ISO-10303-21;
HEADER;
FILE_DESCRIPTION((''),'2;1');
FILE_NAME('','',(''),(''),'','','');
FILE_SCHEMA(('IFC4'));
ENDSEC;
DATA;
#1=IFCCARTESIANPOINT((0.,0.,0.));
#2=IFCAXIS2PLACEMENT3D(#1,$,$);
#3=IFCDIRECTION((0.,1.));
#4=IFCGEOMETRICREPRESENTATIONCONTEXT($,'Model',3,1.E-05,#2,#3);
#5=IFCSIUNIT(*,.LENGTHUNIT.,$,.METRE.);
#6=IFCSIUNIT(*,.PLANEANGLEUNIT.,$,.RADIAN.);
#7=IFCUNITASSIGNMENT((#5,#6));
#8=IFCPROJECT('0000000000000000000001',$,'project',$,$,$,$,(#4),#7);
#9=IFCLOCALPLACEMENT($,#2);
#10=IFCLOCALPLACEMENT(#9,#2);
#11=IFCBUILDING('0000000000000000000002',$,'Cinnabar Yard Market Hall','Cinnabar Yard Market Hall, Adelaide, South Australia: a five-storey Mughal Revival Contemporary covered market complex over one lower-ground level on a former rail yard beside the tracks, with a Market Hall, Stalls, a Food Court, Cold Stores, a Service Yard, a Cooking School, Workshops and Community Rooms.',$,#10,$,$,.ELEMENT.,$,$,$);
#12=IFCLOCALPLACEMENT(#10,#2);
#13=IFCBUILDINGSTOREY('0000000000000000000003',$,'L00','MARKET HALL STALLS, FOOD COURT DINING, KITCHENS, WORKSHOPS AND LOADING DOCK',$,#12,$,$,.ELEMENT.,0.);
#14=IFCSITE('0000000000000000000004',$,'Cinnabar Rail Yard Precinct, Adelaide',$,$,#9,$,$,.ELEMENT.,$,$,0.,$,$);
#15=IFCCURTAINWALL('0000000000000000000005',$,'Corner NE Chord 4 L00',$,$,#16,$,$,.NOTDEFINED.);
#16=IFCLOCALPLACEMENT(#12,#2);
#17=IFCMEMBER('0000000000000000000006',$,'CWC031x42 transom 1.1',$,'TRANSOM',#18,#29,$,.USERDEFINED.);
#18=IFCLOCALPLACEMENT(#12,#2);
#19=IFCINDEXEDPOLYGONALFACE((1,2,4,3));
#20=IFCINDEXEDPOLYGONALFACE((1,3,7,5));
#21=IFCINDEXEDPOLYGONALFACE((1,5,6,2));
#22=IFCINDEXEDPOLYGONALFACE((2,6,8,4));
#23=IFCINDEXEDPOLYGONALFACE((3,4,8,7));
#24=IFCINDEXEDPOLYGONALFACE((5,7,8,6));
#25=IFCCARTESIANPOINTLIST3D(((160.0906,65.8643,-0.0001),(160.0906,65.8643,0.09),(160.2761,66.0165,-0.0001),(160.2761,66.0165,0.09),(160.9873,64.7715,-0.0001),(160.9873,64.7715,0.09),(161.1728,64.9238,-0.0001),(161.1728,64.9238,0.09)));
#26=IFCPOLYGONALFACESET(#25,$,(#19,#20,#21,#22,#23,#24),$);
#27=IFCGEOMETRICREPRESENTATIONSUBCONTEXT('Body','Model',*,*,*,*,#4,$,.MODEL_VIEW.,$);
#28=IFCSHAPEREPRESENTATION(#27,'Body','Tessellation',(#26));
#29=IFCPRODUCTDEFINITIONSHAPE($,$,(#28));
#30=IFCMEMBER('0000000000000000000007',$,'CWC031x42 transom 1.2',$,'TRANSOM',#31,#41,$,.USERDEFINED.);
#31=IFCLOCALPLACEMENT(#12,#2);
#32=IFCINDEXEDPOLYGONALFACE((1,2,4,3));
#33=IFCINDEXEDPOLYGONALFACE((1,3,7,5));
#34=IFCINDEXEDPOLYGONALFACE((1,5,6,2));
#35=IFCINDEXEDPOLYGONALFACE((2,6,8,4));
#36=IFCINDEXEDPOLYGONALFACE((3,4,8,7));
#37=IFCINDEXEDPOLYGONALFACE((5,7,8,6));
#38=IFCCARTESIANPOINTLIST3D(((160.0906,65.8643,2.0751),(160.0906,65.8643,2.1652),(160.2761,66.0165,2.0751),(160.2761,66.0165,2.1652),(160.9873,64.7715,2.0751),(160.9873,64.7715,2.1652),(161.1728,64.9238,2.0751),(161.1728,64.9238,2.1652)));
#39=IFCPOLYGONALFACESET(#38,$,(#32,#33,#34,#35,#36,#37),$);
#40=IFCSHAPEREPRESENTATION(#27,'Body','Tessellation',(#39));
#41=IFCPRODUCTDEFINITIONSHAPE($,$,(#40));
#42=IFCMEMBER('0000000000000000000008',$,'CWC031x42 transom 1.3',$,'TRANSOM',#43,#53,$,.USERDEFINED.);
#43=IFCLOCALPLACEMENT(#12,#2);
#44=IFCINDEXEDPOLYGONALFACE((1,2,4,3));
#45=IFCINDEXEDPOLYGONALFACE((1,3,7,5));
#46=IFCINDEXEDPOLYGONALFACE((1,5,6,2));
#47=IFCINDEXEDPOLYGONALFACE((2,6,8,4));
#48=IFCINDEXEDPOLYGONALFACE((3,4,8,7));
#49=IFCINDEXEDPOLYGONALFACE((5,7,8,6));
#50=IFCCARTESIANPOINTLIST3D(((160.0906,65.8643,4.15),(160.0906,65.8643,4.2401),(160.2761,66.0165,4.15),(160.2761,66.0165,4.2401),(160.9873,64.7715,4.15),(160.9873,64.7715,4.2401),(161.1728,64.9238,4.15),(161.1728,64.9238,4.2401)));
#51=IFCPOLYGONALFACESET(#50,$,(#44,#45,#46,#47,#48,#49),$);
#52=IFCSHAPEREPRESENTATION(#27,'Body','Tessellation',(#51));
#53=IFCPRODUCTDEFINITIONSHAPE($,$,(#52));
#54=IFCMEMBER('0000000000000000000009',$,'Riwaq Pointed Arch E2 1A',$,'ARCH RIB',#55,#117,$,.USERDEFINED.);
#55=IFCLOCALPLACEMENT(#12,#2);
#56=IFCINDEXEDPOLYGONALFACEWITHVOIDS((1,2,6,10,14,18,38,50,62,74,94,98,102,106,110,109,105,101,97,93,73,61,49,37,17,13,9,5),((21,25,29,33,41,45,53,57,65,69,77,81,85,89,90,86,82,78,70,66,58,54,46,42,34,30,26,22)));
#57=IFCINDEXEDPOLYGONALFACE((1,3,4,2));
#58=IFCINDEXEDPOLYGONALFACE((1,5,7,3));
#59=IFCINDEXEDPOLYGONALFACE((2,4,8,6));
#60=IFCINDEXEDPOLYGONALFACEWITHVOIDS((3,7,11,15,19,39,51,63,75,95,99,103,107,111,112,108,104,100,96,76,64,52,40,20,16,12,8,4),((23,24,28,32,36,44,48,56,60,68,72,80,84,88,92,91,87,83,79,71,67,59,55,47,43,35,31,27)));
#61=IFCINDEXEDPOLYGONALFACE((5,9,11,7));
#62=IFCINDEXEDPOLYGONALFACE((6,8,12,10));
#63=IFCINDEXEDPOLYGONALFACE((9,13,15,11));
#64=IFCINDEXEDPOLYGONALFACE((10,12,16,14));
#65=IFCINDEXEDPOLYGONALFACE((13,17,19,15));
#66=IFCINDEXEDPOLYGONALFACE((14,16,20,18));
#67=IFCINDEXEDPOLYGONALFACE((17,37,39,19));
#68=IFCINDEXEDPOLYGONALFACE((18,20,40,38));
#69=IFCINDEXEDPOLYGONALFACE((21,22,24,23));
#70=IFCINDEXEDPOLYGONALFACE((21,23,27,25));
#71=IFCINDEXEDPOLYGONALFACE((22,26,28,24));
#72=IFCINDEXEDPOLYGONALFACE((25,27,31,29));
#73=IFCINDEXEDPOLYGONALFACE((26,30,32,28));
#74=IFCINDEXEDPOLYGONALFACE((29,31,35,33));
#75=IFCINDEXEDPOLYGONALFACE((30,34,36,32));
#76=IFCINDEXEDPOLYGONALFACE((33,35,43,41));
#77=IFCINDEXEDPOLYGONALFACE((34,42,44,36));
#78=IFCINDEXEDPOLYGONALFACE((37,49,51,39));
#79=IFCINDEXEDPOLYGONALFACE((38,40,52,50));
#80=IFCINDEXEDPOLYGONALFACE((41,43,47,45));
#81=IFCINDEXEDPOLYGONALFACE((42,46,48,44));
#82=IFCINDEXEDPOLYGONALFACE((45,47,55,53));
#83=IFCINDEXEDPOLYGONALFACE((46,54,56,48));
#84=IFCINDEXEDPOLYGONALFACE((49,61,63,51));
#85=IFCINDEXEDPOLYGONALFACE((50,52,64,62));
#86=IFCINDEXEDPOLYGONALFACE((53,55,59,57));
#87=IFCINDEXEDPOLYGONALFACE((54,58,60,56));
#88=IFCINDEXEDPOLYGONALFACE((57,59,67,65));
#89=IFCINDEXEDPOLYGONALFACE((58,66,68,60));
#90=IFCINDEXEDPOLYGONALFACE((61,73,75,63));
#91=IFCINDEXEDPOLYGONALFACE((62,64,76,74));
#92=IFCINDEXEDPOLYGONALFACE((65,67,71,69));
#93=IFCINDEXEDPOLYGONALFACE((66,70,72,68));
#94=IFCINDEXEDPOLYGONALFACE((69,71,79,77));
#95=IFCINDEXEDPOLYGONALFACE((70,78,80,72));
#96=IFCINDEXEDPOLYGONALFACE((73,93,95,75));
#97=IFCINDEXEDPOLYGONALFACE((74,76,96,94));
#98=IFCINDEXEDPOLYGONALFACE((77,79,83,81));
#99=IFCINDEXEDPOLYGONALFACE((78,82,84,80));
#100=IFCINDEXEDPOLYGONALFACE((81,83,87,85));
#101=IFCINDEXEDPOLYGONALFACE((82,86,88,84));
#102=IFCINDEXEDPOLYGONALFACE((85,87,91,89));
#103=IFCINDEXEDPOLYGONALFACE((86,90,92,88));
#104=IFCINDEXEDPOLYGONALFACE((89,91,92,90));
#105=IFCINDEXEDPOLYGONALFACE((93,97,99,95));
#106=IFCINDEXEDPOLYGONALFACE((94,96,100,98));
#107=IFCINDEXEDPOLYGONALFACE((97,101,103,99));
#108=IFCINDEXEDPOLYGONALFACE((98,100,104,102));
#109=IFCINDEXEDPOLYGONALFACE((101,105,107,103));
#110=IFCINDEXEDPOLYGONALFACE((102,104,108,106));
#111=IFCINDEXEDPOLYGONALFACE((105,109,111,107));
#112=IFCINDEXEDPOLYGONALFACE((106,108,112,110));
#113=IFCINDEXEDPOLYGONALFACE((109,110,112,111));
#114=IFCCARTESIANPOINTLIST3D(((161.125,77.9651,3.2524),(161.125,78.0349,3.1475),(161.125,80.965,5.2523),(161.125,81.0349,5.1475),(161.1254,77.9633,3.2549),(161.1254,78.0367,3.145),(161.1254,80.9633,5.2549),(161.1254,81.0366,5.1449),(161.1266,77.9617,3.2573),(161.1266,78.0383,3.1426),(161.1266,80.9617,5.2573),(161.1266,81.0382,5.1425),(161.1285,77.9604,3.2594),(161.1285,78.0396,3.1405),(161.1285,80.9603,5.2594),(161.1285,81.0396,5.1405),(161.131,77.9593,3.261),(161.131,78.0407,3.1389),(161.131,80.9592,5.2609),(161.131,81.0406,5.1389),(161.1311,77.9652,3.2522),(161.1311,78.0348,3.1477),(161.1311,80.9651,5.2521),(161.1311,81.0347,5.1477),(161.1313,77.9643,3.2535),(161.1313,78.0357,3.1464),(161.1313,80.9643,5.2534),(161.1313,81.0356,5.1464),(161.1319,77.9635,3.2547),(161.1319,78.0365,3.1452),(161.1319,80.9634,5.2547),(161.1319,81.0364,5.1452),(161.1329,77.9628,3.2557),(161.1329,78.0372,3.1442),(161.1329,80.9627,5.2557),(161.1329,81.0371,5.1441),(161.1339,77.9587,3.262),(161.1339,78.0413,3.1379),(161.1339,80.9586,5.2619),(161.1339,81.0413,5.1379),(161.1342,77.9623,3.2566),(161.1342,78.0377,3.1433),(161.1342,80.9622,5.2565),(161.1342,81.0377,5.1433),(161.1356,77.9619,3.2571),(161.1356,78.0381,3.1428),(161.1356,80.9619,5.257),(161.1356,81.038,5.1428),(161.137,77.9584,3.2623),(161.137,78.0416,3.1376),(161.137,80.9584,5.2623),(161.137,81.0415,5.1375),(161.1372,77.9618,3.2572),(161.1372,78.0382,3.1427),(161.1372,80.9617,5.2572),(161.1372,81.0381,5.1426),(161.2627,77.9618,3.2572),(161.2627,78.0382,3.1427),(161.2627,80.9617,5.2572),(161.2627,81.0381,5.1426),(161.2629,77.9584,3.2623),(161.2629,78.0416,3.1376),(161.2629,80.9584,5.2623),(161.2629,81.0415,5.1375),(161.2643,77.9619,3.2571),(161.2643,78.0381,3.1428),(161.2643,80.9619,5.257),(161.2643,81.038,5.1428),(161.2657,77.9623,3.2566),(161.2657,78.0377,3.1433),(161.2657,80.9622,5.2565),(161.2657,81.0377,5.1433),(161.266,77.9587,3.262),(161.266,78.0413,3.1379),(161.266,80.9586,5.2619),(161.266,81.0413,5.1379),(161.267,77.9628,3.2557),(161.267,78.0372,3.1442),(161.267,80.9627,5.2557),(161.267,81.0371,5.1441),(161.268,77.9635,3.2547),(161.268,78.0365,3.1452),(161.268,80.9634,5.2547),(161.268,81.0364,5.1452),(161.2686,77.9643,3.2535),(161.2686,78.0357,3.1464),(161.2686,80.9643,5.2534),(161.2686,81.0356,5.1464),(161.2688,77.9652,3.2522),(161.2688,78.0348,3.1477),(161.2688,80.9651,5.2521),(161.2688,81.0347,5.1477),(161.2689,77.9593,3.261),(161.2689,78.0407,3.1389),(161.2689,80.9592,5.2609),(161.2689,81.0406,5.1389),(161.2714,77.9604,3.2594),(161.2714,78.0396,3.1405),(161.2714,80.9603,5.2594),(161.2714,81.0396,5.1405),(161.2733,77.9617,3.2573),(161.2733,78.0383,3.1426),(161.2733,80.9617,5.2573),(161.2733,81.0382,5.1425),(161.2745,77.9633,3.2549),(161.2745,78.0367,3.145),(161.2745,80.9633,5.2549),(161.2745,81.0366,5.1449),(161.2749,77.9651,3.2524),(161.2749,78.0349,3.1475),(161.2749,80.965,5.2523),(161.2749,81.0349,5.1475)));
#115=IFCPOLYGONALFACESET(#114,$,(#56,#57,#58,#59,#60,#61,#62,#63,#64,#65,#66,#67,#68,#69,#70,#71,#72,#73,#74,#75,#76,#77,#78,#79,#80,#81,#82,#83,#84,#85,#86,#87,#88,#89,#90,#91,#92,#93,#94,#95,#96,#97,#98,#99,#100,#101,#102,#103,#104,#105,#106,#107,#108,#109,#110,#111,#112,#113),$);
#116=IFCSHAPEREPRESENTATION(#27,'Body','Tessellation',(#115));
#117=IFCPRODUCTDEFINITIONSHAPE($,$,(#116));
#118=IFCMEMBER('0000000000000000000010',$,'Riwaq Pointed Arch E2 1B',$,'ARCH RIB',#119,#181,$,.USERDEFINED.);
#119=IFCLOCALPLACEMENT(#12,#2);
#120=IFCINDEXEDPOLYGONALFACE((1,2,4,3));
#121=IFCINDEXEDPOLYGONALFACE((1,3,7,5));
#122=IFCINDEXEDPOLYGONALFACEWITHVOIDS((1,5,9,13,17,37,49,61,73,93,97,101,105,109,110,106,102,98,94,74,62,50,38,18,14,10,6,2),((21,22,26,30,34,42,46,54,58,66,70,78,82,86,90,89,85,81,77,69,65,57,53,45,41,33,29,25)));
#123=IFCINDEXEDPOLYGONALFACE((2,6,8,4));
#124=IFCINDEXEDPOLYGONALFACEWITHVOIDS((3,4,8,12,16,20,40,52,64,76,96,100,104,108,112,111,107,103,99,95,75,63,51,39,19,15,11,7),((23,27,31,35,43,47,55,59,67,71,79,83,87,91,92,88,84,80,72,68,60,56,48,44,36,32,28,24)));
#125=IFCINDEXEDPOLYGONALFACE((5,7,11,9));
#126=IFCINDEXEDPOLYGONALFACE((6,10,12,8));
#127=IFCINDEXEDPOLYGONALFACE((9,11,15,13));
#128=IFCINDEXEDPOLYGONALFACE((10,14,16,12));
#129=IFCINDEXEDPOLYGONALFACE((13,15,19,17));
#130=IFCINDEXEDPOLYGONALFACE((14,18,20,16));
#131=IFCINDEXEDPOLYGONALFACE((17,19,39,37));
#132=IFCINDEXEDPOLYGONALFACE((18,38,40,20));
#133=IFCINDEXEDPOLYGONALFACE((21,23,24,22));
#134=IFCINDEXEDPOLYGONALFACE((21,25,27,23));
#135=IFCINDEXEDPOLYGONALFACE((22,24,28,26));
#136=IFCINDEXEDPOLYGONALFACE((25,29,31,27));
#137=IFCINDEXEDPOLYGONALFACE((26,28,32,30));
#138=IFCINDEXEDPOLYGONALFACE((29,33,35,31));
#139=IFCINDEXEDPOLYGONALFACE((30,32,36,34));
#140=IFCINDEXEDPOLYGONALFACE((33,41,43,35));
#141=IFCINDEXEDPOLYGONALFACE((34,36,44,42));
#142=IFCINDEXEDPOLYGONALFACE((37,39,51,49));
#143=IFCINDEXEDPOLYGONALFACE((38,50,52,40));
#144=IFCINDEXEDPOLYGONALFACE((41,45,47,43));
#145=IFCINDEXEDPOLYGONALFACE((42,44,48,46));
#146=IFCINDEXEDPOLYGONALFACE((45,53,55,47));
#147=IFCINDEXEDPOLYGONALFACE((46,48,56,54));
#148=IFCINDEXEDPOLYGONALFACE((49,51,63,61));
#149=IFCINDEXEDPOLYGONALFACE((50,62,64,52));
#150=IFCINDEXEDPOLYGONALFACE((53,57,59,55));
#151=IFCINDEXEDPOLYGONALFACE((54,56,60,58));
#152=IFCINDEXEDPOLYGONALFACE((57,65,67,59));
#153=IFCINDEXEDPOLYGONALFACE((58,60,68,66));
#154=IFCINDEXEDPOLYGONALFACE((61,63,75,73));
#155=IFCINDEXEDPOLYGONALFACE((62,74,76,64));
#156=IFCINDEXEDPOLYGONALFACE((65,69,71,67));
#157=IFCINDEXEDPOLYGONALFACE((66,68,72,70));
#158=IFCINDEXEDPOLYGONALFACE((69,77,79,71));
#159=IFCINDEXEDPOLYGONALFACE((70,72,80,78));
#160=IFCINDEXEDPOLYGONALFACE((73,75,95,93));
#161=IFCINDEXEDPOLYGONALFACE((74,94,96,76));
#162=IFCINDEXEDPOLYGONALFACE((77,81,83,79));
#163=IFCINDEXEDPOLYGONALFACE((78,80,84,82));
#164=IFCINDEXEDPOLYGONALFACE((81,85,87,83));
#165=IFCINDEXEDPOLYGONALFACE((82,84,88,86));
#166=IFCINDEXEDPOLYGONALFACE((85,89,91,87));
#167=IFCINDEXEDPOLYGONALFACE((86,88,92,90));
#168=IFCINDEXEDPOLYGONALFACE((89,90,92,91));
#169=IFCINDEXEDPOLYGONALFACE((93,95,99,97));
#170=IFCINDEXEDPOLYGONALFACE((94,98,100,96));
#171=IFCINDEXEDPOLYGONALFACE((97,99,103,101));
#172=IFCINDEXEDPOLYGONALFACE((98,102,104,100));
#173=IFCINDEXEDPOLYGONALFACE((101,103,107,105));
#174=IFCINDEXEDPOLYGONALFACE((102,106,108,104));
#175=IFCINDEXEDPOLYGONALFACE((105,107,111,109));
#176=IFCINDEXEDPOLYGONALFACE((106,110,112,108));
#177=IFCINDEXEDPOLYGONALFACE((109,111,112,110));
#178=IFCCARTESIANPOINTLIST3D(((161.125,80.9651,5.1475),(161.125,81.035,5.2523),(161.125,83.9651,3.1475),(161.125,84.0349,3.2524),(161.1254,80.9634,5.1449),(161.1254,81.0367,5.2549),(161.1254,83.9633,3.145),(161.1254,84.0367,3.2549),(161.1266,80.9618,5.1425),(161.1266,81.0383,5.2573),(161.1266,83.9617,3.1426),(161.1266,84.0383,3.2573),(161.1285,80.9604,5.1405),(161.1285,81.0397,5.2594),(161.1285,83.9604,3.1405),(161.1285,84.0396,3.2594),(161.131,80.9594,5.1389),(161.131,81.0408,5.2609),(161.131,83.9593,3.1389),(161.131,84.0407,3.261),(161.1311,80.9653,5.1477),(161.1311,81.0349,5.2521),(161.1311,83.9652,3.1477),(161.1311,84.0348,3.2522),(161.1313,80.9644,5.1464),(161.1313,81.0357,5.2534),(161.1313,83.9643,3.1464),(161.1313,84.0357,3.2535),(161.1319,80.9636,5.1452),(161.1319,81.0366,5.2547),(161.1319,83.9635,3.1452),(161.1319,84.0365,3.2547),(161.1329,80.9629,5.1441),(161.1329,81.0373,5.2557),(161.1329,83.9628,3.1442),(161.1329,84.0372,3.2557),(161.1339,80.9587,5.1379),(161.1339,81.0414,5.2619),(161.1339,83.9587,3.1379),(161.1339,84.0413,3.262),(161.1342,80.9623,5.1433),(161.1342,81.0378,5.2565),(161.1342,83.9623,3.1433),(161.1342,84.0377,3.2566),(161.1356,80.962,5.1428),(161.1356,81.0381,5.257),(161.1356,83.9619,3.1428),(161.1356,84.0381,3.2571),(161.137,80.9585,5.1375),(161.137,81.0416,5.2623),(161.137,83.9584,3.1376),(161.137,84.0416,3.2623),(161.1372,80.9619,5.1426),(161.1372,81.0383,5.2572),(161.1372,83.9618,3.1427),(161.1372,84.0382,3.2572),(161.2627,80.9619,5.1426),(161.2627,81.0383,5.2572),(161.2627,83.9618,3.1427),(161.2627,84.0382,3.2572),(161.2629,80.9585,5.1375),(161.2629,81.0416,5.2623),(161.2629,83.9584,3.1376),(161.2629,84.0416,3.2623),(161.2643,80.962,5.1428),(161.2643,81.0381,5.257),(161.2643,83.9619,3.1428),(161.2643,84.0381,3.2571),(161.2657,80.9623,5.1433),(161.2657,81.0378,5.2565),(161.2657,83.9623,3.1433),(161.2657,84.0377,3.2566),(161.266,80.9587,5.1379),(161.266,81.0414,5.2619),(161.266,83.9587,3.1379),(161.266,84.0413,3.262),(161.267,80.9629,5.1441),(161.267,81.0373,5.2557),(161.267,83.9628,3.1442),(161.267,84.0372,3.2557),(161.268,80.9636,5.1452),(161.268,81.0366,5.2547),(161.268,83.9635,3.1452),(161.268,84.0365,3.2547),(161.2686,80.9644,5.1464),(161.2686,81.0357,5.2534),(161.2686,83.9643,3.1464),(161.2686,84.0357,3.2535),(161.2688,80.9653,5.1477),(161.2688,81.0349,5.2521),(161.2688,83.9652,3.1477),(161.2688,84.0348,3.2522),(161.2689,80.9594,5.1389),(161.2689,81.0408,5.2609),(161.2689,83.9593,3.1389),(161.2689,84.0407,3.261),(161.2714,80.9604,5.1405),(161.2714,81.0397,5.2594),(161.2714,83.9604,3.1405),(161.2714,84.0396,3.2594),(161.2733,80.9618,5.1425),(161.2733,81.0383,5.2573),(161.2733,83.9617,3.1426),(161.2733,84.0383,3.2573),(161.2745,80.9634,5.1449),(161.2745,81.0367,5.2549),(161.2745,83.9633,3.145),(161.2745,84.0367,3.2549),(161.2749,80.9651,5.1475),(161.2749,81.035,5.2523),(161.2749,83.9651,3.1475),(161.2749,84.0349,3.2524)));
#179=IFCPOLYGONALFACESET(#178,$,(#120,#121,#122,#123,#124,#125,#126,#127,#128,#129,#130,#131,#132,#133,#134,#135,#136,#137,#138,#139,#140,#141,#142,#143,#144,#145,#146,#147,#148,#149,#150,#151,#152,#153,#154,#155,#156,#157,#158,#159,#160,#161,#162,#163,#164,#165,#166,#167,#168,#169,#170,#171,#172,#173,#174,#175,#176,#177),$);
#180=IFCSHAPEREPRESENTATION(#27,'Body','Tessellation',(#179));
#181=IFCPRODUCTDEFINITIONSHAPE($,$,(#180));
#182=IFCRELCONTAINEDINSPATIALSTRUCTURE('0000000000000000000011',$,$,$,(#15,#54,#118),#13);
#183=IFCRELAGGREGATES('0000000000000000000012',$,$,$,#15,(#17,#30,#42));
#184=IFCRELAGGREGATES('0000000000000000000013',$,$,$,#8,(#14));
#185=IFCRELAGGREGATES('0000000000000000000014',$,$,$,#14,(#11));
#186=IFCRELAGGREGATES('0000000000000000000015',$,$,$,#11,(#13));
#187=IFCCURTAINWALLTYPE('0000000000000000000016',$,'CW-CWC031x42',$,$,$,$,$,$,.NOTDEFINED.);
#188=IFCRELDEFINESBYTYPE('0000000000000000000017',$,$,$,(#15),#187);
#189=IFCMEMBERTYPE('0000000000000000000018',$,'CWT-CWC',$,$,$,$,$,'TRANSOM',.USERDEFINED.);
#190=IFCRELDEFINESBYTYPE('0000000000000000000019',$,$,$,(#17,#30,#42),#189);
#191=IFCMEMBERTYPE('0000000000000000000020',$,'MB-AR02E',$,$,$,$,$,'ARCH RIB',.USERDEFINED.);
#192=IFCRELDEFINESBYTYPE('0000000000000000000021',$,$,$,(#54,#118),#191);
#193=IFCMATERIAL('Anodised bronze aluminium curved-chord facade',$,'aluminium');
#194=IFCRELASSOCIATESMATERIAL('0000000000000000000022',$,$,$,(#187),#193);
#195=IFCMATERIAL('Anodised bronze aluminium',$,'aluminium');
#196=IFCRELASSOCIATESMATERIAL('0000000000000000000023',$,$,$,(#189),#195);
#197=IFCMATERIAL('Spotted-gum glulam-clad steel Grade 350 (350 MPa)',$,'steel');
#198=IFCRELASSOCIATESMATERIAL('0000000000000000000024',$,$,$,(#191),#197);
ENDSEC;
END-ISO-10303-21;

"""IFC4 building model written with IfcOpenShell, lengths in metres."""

from ifc_helpers import new_model, si_unit, direction, frame, origin, origin_2d_with_axis, place, context, subcontext, project, spatial, rectangle, hollow_rectangle, extrude, material, material_profile, profile_set, type_object, element, aggregate, save


model = new_model("IFC4")

# Units and contexts
model_context = context("Model", 3, precision=1e-05, world=origin(), true_north=direction((0.0, 1.0)))
body_context = subcontext(model_context, "Body", "Model", "MODEL_VIEW")
ifc_project = project(units=[si_unit("LENGTHUNIT", "METRE"), si_unit("PLANEANGLEUNIT", "RADIAN")], contexts=[model_context])

# Site, building, storey
site_placement = place(None, origin())
site = spatial("IfcSite", under=ifc_project, at=site_placement, Name="Cinnabar Rail Yard Precinct, Adelaide", CompositionType="ELEMENT", RefElevation=0.0)
building_placement = place(site_placement, origin())
building = spatial("IfcBuilding", under=site, at=building_placement, Name="Cinnabar Yard Market Hall", Description="Cinnabar Yard Market Hall, Adelaide, South Australia: a five-storey Mughal Revival Contemporary covered market complex over one lower-ground level on a former rail yard beside the tracks, with a Market Hall, Stalls, a Food Court, Cold Stores, a Service Yard, a Cooking School, Workshops and Community Rooms.", CompositionType="ELEMENT")
storey_placement = place(building_placement, origin())
storey = spatial("IfcBuildingStorey", under=building, at=storey_placement, Name="L00", Description="MARKET HALL STALLS, FOOD COURT DINING, KITCHENS, WORKSHOPS AND LOADING DOCK", CompositionType="ELEMENT", Elevation=0.0)

# Shared definitions
ifc_material_1 = material(Name="Spotted-gum glulam-clad steel Grade 350 (350 MPa)", Category="steel")

# Shared definitions
ifc_material_2 = material(Name="Anodised bronze aluminium curved-chord facade", Category="aluminium")
curtain_wall_type = type_object("IfcCurtainWallType", Name="CW-CWC031x42", PredefinedType="NOTDEFINED", material=ifc_material_2)
ifc_material_3 = material(Name="Anodised bronze aluminium", Category="aluminium")

# Curtain wall, members
curtain_wall_1_placement = place(storey_placement, origin())
curtain_wall_1 = element("IfcCurtainWall", 1, at=curtain_wall_1_placement, inside=storey, type_object=curtain_wall_type, Name="Corner NE Chord 4 L00", PredefinedType="NOTDEFINED")
ifc_material_profile_1 = material_profile(ifc_material_3, rectangle(XDim=0.24, YDim=0.0901, at=origin_2d_with_axis()), Name="TRN-CWC")
ifc_profile_set_1 = profile_set([ifc_material_profile_1], Name="Anodised bronze aluminium")
member_type_1 = type_object("IfcMemberType", Name="CWT-CWC", ElementType="TRANSOM", PredefinedType="USERDEFINED", material=ifc_profile_set_1)
member_1_placement = place(storey_placement, frame((161.0801, 64.8477, 0.0449), z_axis=(-0.634356, 0.773041, 0.0), x_axis=(-0.773041, -0.634356, 0.0)))
member_1 = element("IfcMember", 2, at=member_1_placement, type_object=member_type_1, Name="CWC031x42 transom 1.1", ObjectType="TRANSOM", PredefinedType="USERDEFINED", context=body_context, shape_type="SweptSolid", body=[
    extrude(rectangle(XDim=0.24, YDim=0.0901, at=origin_2d_with_axis()), origin(), (0.0, 0.0, 1.0), 1.4136),
])
member_2_placement = place(storey_placement, frame((161.0801, 64.8477, 2.1201), z_axis=(-0.634356, 0.773041, 0.0), x_axis=(-0.773041, -0.634356, 0.0)))
member_2 = element("IfcMember", 3, at=member_2_placement, type_object=member_type_1, Name="CWC031x42 transom 1.2", ObjectType="TRANSOM", PredefinedType="USERDEFINED", context=body_context, shape_type="SweptSolid", body=[
    extrude(rectangle(XDim=0.24, YDim=0.0901, at=origin_2d_with_axis()), origin(), (0.0, 0.0, 1.0), 1.4136),
])
member_3_placement = place(storey_placement, frame((161.0801, 64.8477, 4.1951), z_axis=(-0.634356, 0.773041, 0.0), x_axis=(-0.773041, -0.634356, 0.0)))
member_3 = element("IfcMember", 4, at=member_3_placement, type_object=member_type_1, Name="CWC031x42 transom 1.3", ObjectType="TRANSOM", PredefinedType="USERDEFINED", context=body_context, shape_type="SweptSolid", body=[
    extrude(rectangle(XDim=0.24, YDim=0.0901, at=origin_2d_with_axis()), origin(), (0.0, 0.0, 1.0), 1.4136),
])
aggregate(curtain_wall_1, [member_1, member_2, member_3])

# Members
ifc_material_profile_2 = material_profile(ifc_material_1, hollow_rectangle(XDim=0.1499, YDim=0.1499, WallThickness=0.0061, InnerFilletRadius=0.0061, OuterFilletRadius=0.012, at=origin_2d_with_axis()), Name="150x150x6.0SHS")
ifc_profile_set_2 = profile_set([ifc_material_profile_2], Name="Spotted-gum glulam-clad steel Grade 350 (350 MPa)")
member_type_2 = type_object("IfcMemberType", Name="MB-AR02E", ElementType="ARCH RIB", PredefinedType="USERDEFINED", material=ifc_profile_set_2)
for number, where, z_axis, x_axis, name in (
    (5, (161.2, 78.0, 3.2), (0.0, 0.83205, 0.5547), (-1.0, 0.0, 0.0), "Riwaq Pointed Arch E2 1A"),
    (6, (161.2, 84.0, 3.2), (0.0, -0.83205, 0.5547), (1.0, 0.0, 0.0), "Riwaq Pointed Arch E2 1B"),
):
    element("IfcMember", number, at=place(storey_placement, frame(where, z_axis=z_axis, x_axis=x_axis)), inside=storey, type_object=member_type_2, Name=name, ObjectType="ARCH RIB", PredefinedType="USERDEFINED", context=body_context, shape_type="SweptSolid", body=[
        extrude(hollow_rectangle(XDim=0.1499, YDim=0.1499, WallThickness=0.0061, InnerFilletRadius=0.0061, OuterFilletRadius=0.012, at=origin_2d_with_axis()), origin(), (0.0, 0.0, 1.0), 3.6055),
    ])

save(model, "model.ifc")
